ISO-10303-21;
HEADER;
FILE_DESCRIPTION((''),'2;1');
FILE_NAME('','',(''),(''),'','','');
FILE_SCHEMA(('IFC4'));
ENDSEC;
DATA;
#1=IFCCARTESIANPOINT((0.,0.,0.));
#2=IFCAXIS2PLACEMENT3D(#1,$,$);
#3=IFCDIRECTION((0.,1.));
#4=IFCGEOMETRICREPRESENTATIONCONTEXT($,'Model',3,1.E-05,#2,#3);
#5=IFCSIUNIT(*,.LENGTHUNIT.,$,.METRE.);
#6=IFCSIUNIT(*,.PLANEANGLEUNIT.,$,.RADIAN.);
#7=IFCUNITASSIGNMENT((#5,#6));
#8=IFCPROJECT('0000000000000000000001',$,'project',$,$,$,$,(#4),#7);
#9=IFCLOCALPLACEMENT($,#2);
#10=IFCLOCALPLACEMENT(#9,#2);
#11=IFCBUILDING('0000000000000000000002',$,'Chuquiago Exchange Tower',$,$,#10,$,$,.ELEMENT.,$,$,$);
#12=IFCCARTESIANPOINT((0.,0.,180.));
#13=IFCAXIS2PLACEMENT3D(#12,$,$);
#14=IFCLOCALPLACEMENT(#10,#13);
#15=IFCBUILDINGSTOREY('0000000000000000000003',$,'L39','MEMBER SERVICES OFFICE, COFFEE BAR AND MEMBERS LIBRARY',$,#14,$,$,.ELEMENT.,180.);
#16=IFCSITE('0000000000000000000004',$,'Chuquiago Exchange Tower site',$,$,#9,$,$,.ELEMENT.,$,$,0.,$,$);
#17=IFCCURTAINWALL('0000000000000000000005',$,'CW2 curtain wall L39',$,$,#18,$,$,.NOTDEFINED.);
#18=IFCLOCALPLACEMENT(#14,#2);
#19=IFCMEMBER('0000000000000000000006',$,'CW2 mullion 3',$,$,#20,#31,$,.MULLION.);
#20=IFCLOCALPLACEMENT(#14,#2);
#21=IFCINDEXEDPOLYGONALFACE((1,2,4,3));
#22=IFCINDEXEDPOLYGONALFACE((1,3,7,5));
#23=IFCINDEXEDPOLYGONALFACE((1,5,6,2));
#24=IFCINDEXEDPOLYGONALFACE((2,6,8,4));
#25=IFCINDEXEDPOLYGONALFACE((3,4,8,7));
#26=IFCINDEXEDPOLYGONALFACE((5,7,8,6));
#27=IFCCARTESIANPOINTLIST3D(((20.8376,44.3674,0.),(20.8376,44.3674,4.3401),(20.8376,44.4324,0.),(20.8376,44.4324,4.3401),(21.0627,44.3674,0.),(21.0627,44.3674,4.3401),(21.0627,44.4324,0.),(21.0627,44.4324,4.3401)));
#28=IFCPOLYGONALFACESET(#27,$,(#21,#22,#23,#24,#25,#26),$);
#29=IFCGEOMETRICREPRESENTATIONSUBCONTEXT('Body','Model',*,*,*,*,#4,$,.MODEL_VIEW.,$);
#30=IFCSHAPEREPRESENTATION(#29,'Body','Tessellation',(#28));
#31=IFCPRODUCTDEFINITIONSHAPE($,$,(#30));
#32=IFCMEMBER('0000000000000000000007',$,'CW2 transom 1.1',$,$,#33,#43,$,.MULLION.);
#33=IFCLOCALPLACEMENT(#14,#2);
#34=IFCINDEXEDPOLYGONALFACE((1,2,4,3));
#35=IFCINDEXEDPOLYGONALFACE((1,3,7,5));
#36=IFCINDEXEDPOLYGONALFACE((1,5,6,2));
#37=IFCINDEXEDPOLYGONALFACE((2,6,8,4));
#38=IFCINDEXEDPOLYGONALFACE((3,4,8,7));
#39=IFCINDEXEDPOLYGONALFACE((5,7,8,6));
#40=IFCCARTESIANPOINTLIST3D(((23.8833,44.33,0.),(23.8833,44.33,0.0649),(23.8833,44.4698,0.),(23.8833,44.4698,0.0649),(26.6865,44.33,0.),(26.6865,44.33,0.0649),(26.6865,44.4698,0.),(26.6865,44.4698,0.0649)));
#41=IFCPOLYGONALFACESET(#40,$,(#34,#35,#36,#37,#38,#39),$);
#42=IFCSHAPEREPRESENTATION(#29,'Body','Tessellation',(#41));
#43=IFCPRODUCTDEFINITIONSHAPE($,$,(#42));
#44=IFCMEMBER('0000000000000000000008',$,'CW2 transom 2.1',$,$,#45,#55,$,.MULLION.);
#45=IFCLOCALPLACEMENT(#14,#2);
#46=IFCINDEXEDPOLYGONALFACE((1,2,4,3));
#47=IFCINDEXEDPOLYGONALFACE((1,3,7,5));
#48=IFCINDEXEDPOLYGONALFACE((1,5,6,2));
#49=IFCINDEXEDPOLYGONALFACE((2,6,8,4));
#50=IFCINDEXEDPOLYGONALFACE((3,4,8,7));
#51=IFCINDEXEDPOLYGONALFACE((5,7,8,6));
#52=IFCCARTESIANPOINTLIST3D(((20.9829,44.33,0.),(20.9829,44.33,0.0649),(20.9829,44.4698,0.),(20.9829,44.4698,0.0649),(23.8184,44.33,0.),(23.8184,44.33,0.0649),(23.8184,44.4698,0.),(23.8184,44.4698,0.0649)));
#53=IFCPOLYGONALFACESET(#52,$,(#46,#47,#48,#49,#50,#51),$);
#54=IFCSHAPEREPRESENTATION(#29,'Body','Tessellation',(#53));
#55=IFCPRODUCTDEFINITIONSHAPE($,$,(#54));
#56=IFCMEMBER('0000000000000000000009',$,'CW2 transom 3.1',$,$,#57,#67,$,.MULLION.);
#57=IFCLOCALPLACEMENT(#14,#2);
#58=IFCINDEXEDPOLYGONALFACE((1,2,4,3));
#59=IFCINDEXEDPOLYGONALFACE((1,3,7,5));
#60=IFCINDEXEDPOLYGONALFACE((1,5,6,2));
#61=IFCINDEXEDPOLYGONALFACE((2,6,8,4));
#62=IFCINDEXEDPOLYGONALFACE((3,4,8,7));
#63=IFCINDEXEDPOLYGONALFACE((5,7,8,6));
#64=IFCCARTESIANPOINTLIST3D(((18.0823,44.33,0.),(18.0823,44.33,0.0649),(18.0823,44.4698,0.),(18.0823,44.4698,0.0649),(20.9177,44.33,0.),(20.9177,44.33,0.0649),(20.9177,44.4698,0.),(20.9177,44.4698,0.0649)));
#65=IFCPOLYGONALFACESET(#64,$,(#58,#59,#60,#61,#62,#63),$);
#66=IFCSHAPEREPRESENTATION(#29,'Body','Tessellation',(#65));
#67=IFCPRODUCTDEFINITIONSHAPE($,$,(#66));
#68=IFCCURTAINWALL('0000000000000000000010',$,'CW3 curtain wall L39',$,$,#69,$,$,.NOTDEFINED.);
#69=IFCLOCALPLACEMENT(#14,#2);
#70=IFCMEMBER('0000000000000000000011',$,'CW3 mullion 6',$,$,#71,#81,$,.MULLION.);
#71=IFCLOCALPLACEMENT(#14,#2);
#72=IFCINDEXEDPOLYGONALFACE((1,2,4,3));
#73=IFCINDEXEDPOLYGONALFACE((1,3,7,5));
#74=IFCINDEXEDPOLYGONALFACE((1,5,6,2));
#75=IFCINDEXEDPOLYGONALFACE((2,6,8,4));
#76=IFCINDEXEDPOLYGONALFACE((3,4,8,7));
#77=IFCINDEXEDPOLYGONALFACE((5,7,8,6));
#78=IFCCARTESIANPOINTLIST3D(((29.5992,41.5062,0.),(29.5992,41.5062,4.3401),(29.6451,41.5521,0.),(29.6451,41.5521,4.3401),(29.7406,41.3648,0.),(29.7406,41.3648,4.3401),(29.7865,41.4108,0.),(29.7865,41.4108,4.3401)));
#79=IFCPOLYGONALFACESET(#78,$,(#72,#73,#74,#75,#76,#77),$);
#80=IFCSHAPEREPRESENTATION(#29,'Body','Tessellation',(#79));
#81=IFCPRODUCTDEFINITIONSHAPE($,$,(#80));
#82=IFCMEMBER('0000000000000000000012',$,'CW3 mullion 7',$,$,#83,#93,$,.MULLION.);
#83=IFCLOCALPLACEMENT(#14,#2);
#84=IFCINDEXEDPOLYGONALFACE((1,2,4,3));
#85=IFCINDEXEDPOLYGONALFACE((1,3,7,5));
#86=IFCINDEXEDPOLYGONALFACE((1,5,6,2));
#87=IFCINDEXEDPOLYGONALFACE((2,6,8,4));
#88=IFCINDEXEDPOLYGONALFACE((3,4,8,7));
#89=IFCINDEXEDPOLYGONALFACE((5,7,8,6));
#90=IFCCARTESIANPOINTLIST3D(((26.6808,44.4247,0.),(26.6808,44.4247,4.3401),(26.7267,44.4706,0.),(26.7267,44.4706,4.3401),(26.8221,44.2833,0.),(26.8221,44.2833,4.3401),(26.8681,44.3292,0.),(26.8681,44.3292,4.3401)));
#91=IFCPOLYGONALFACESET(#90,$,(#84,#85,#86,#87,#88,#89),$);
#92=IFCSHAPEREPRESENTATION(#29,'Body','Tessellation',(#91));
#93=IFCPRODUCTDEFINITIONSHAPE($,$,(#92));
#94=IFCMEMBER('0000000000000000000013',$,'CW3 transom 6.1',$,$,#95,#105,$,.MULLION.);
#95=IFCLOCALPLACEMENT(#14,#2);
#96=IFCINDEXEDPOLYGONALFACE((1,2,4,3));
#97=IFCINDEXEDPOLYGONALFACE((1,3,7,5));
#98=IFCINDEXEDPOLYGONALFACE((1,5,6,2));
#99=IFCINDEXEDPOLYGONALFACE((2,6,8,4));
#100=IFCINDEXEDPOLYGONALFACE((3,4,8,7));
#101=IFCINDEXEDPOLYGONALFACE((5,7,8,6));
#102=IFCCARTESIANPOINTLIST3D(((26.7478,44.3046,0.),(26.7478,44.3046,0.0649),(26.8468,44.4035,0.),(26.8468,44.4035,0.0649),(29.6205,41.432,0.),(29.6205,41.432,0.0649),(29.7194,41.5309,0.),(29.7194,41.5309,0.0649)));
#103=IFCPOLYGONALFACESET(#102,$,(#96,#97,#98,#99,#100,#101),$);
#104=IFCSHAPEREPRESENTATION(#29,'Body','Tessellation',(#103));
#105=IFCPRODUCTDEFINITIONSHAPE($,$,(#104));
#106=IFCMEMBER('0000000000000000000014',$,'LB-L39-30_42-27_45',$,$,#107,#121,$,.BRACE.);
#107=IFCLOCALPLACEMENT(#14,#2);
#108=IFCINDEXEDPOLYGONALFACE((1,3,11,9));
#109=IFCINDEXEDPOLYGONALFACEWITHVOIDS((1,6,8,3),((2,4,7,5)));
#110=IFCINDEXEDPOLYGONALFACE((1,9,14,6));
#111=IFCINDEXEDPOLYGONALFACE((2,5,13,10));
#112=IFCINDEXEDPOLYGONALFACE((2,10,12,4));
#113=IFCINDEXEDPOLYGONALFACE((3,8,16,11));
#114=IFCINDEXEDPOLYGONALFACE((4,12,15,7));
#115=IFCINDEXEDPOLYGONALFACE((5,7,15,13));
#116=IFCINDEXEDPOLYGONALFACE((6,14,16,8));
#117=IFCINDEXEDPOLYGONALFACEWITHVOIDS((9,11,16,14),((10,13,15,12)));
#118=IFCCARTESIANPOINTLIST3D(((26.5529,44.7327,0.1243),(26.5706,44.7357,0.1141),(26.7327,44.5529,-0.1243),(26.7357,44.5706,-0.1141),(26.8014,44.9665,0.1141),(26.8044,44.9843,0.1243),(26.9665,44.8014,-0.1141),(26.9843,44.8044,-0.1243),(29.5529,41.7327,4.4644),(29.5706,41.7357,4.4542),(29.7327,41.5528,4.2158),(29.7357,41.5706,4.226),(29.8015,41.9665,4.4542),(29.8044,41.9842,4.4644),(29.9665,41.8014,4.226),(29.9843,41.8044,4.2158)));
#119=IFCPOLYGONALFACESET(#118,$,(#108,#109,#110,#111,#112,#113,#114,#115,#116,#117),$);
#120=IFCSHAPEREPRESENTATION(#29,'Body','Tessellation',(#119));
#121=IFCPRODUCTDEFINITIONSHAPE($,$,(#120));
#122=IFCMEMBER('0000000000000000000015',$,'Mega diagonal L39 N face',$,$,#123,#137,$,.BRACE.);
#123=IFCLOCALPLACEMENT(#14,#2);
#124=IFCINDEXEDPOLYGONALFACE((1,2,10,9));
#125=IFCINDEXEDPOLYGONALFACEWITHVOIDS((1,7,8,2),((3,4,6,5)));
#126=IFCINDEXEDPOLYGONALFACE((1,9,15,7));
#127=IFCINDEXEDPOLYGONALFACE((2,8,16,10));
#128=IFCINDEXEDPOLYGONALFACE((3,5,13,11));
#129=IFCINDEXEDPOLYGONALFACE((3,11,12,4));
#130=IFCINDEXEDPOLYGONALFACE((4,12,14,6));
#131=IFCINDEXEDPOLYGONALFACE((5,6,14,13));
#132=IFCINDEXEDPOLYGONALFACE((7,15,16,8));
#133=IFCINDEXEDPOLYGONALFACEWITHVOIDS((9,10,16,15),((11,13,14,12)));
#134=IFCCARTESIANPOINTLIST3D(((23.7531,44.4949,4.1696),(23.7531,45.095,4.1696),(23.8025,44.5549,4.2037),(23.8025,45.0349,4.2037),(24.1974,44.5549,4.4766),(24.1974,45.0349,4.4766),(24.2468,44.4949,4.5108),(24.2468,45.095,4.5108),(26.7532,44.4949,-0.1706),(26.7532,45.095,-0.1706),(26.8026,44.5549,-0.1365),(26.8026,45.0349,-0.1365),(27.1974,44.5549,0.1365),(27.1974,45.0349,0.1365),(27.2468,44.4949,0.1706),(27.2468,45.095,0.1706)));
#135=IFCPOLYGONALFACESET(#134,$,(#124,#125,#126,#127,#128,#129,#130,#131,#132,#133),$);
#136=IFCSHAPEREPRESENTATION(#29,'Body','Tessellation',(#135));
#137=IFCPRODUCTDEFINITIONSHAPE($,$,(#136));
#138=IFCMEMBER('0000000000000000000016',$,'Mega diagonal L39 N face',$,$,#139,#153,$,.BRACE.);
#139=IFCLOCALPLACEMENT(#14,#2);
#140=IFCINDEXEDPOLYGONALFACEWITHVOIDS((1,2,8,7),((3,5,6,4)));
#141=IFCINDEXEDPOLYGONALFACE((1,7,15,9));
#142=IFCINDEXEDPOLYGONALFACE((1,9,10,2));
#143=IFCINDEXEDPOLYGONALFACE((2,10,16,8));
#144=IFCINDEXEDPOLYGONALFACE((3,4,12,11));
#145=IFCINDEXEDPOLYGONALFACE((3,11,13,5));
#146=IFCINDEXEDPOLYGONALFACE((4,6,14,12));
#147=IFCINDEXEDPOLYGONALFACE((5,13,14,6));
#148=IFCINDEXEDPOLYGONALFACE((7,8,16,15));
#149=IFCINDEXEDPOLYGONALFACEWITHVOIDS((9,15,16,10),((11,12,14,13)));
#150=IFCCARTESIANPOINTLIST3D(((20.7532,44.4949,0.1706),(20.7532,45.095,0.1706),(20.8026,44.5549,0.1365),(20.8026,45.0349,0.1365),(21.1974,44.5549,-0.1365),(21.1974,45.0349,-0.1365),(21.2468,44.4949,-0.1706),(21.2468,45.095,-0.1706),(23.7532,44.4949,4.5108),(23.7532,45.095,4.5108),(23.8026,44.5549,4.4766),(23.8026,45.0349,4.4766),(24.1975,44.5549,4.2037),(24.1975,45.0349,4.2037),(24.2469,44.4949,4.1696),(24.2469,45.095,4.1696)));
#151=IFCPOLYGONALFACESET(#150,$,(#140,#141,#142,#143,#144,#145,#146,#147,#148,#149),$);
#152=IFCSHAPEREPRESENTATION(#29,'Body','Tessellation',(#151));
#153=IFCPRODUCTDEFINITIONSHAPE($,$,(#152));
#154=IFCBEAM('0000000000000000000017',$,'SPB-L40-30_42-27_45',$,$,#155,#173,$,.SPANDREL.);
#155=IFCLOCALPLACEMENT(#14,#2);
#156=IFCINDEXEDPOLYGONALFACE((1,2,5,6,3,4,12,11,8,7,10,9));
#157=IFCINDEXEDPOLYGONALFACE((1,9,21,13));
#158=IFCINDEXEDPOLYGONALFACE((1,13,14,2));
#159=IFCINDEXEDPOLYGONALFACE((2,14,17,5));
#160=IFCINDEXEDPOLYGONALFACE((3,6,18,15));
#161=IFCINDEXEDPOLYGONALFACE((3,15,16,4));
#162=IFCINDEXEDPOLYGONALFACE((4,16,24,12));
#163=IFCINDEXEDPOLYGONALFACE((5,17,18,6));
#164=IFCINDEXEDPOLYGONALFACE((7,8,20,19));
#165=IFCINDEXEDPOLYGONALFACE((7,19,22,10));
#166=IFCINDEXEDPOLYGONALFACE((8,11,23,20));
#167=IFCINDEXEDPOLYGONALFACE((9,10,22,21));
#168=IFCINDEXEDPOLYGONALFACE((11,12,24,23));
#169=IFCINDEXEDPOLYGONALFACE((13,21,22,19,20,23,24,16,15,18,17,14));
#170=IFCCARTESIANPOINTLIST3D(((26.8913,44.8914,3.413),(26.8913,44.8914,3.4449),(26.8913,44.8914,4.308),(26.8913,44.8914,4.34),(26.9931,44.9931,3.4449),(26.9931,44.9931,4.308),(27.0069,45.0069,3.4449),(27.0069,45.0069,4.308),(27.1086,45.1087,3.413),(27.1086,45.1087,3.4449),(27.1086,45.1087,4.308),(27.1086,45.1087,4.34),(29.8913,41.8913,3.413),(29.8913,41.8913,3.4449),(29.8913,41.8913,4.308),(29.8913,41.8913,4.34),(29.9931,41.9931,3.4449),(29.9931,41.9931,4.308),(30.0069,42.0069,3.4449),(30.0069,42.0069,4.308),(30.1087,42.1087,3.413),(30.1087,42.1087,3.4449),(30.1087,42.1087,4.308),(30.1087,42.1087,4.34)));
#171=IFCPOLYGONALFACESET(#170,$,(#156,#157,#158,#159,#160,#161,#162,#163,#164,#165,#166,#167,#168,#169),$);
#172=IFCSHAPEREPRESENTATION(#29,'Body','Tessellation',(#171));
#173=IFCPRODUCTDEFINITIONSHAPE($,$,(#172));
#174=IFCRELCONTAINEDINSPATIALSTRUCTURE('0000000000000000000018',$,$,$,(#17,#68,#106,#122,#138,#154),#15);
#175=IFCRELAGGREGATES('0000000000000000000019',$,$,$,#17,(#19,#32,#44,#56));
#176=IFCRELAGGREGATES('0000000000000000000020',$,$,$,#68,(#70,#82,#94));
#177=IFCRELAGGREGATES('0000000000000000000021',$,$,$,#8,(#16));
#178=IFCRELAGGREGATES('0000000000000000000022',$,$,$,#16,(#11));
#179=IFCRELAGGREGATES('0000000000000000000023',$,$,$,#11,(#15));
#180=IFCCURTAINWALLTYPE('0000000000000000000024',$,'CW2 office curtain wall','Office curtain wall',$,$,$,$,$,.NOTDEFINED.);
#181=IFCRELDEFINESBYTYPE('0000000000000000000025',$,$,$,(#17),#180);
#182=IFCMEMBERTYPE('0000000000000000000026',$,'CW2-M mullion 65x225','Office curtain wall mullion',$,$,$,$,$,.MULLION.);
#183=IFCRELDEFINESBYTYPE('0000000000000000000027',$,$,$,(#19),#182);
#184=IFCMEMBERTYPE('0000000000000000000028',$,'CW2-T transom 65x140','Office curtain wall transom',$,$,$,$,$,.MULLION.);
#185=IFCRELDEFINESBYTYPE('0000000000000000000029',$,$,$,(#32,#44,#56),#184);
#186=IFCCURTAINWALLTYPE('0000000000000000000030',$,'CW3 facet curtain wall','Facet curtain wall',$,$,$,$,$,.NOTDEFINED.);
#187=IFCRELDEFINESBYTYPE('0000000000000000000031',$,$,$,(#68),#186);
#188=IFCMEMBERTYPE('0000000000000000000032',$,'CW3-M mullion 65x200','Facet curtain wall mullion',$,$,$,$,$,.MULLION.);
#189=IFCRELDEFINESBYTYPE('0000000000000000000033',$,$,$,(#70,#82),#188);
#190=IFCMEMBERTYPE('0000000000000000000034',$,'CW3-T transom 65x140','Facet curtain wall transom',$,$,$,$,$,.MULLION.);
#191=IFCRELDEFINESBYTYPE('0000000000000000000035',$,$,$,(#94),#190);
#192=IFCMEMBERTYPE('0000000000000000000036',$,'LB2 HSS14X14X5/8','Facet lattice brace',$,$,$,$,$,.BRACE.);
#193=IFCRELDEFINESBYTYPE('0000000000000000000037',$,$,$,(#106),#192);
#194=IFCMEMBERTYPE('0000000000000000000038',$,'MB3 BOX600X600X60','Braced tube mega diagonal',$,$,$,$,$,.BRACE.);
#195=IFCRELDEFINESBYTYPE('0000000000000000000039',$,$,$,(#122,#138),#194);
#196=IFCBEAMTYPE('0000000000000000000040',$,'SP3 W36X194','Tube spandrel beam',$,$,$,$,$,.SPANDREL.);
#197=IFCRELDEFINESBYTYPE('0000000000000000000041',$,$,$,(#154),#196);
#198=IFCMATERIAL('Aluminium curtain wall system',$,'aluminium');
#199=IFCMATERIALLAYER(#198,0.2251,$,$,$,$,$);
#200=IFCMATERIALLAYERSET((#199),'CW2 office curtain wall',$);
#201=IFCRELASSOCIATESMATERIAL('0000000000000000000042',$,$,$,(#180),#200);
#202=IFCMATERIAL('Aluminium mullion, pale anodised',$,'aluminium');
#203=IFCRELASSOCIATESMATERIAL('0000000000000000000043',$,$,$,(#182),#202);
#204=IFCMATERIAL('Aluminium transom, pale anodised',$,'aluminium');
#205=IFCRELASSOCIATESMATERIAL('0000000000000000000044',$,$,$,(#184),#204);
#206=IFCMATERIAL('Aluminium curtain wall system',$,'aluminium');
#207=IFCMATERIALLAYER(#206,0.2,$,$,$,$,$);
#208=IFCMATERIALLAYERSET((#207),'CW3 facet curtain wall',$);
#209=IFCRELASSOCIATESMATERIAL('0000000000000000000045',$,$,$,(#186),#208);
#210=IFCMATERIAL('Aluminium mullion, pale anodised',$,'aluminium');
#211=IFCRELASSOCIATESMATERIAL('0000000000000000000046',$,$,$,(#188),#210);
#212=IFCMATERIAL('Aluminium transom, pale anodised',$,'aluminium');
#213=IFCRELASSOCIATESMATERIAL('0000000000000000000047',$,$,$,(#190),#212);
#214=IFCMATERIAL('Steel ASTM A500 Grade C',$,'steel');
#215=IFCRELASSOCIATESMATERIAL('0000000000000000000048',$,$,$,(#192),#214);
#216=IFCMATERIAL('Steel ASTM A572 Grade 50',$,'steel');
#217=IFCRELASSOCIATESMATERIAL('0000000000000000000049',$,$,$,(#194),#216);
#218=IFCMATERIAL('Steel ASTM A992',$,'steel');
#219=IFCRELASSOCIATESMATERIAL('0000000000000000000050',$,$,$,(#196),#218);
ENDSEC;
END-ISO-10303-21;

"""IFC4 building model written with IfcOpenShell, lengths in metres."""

from ifc_helpers import new_model, si_unit, direction, frame, origin, origin_2d, place, context, subcontext, project, spatial, rectangle, hollow_rectangle, i_section, extrude, material, layer, layer_set, material_profile, profile_set, type_object, element, aggregate, save


model = new_model("IFC4")

# Units and contexts
model_context = context("Model", 3, precision=1e-05, world=origin(), true_north=direction((0.0, 1.0)))
body_context = subcontext(model_context, "Body", "Model", "MODEL_VIEW")
ifc_project = project(units=[si_unit("LENGTHUNIT", "METRE"), si_unit("PLANEANGLEUNIT", "RADIAN")], contexts=[model_context])

# Site, building, storey
site_placement = place(None, origin())
site = spatial("IfcSite", under=ifc_project, at=site_placement, Name="Chuquiago Exchange Tower site", CompositionType="ELEMENT", RefElevation=0.0)
building_placement = place(site_placement, origin())
building = spatial("IfcBuilding", under=site, at=building_placement, Name="Chuquiago Exchange Tower", CompositionType="ELEMENT")
storey_placement = place(building_placement, frame((0.0, 0.0, 180.0)))
storey = spatial("IfcBuildingStorey", under=building, at=storey_placement, Name="L39", Description="MEMBER SERVICES OFFICE, COFFEE BAR AND MEMBERS LIBRARY", CompositionType="ELEMENT", Elevation=180.0)

# Curtain walls, members
ifc_material_1 = material(Name="Aluminium curtain wall system", Category="aluminium")
ifc_layer_1 = layer(ifc_material_1, 0.2251)
ifc_layer_set_1 = layer_set([ifc_layer_1], Name="CW2 office curtain wall")
curtain_wall_type_1 = type_object("IfcCurtainWallType", Name="CW2 office curtain wall", Description="Office curtain wall", PredefinedType="NOTDEFINED", material=ifc_layer_set_1)
curtain_wall_1_placement = place(storey_placement, origin())
curtain_wall_1 = element("IfcCurtainWall", 1, at=curtain_wall_1_placement, inside=storey, type_object=curtain_wall_type_1, Name="CW2 curtain wall L39", PredefinedType="NOTDEFINED")
ifc_material_2 = material(Name="Aluminium mullion, pale anodised", Category="aluminium")
ifc_material_profile_1 = material_profile(ifc_material_2, rectangle(XDim=0.0649, YDim=0.2251, at=origin_2d()), Name="AL 65x225")
ifc_profile_set_1 = profile_set([ifc_material_profile_1], Name="Aluminium mullion, pale anodised")
member_type_1 = type_object("IfcMemberType", Name="CW2-M mullion 65x225", Description="Office curtain wall mullion", PredefinedType="MULLION", material=ifc_profile_set_1)
member_1_placement = place(storey_placement, frame((20.9502, 44.3999, 0.0), z_axis=(0.0, 0.0, 1.0), x_axis=(0.0, -1.0, 0.0)))
member_1 = element("IfcMember", 2, at=member_1_placement, type_object=member_type_1, Name="CW2 mullion 3", PredefinedType="MULLION", context=body_context, shape_type="SweptSolid", body=[
    extrude(rectangle(XDim=0.0649, YDim=0.2251, at=origin_2d()), origin(), (0.0, 0.0, 1.0), 4.3401),
])
ifc_material_3 = material(Name="Aluminium transom, pale anodised", Category="aluminium")
ifc_material_profile_2 = material_profile(ifc_material_3, rectangle(XDim=0.1399, YDim=0.0649, at=origin_2d()), Name="AL 140x65")
ifc_profile_set_2 = profile_set([ifc_material_profile_2], Name="Aluminium transom, pale anodised")
member_type_2 = type_object("IfcMemberType", Name="CW2-T transom 65x140", Description="Office curtain wall transom", PredefinedType="MULLION", material=ifc_profile_set_2)
member_2_placement = place(storey_placement, frame((26.6865, 44.3999, 0.0325), z_axis=(-1.0, 0.0, 0.0), x_axis=(0.0, -1.0, 0.0)))
member_2 = element("IfcMember", 3, at=member_2_placement, type_object=member_type_2, Name="CW2 transom 1.1", PredefinedType="MULLION", context=body_context, shape_type="SweptSolid", body=[
    extrude(rectangle(XDim=0.1399, YDim=0.0649, at=origin_2d()), origin(), (0.0, 0.0, 1.0), 2.8032),
])
member_3_placement = place(storey_placement, frame((23.8184, 44.3999, 0.0325), z_axis=(-1.0, 0.0, 0.0), x_axis=(0.0, -1.0, 0.0)))
member_3 = element("IfcMember", 4, at=member_3_placement, type_object=member_type_2, Name="CW2 transom 2.1", PredefinedType="MULLION", context=body_context, shape_type="SweptSolid", body=[
    extrude(rectangle(XDim=0.1399, YDim=0.0649, at=origin_2d()), origin(), (0.0, 0.0, 1.0), 2.8354),
])
member_4_placement = place(storey_placement, frame((20.9177, 44.3999, 0.0325), z_axis=(-1.0, 0.0, 0.0), x_axis=(0.0, -1.0, 0.0)))
member_4 = element("IfcMember", 5, at=member_4_placement, type_object=member_type_2, Name="CW2 transom 3.1", PredefinedType="MULLION", context=body_context, shape_type="SweptSolid", body=[
    extrude(rectangle(XDim=0.1399, YDim=0.0649, at=origin_2d()), origin(), (0.0, 0.0, 1.0), 2.8354),
])
ifc_material_4 = material(Name="Aluminium curtain wall system", Category="aluminium")
ifc_layer_2 = layer(ifc_material_4, 0.2)
ifc_layer_set_2 = layer_set([ifc_layer_2], Name="CW3 facet curtain wall")
curtain_wall_type_2 = type_object("IfcCurtainWallType", Name="CW3 facet curtain wall", Description="Facet curtain wall", PredefinedType="NOTDEFINED", material=ifc_layer_set_2)
curtain_wall_2_placement = place(storey_placement, origin())
curtain_wall_2 = element("IfcCurtainWall", 6, at=curtain_wall_2_placement, inside=storey, type_object=curtain_wall_type_2, Name="CW3 curtain wall L39", PredefinedType="NOTDEFINED")
ifc_material_5 = material(Name="Aluminium mullion, pale anodised", Category="aluminium")
ifc_material_profile_3 = material_profile(ifc_material_5, rectangle(XDim=0.0649, YDim=0.2, at=origin_2d()), Name="AL 65x200")
ifc_profile_set_3 = profile_set([ifc_material_profile_3], Name="Aluminium mullion, pale anodised")
member_type_3 = type_object("IfcMemberType", Name="CW3-M mullion 65x200", Description="Facet curtain wall mullion", PredefinedType="MULLION", material=ifc_profile_set_3)
member_5_placement = place(storey_placement, frame((29.6929, 41.4585, 0.0), z_axis=(0.0, 0.0, 1.0), x_axis=(-0.707107, -0.707107, 0.0)))
member_5 = element("IfcMember", 7, at=member_5_placement, type_object=member_type_3, Name="CW3 mullion 6", PredefinedType="MULLION", context=body_context, shape_type="SweptSolid", body=[
    extrude(rectangle(XDim=0.0649, YDim=0.2, at=origin_2d()), origin(), (0.0, 0.0, 1.0), 4.3401),
])
member_6_placement = place(storey_placement, frame((26.7744, 44.377, 0.0), z_axis=(0.0, 0.0, 1.0), x_axis=(-0.707107, -0.707107, 0.0)))
member_6 = element("IfcMember", 8, at=member_6_placement, type_object=member_type_3, Name="CW3 mullion 7", PredefinedType="MULLION", context=body_context, shape_type="SweptSolid", body=[
    extrude(rectangle(XDim=0.0649, YDim=0.2, at=origin_2d()), origin(), (0.0, 0.0, 1.0), 4.3401),
])
ifc_material_6 = material(Name="Aluminium transom, pale anodised", Category="aluminium")
ifc_material_profile_4 = material_profile(ifc_material_6, rectangle(XDim=0.1399, YDim=0.0649, at=origin_2d()), Name="AL 140x65")
ifc_profile_set_4 = profile_set([ifc_material_profile_4], Name="Aluminium transom, pale anodised")
member_type_4 = type_object("IfcMemberType", Name="CW3-T transom 65x140", Description="Facet curtain wall transom", PredefinedType="MULLION", material=ifc_profile_set_4)
member_7_placement = place(storey_placement, frame((29.6699, 41.4814, 0.0325), z_axis=(-0.707107, 0.707107, 0.0), x_axis=(-0.707107, -0.707107, 0.0)))
member_7 = element("IfcMember", 9, at=member_7_placement, type_object=member_type_4, Name="CW3 transom 6.1", PredefinedType="MULLION", context=body_context, shape_type="SweptSolid", body=[
    extrude(rectangle(XDim=0.1399, YDim=0.0649, at=origin_2d()), origin(), (0.0, 0.0, 1.0), 4.0625),
])

# Members
ifc_material_7 = material(Name="Steel ASTM A500 Grade C", Category="steel")
ifc_material_profile_5 = material_profile(ifc_material_7, hollow_rectangle(XDim=0.3557, YDim=0.3557, WallThickness=0.0146, at=origin_2d()), Name="HSS14X14X5/8")
ifc_profile_set_5 = profile_set([ifc_material_profile_5], Name="Steel ASTM A500 Grade C")
member_type_5 = type_object("IfcMemberType", Name="LB2 HSS14X14X5/8", Description="Facet lattice brace", PredefinedType="BRACE", material=ifc_profile_set_5)
member_8_placement = place(storey_placement, frame((26.7686, 44.7686, 0.0), z_axis=(0.494291, -0.494291, 0.715089), x_axis=(0.707107, 0.707107, 0.0)))
element("IfcMember", 10, at=member_8_placement, inside=storey, type_object=member_type_5, Name="LB-L39-30_42-27_45", PredefinedType="BRACE", context=body_context, shape_type="SweptSolid", body=[
    extrude(hollow_rectangle(XDim=0.3557, YDim=0.3557, WallThickness=0.0146, at=origin_2d()), origin(), (0.0, 0.0, 1.0), 6.0693),
])
ifc_material_8 = material(Name="Steel ASTM A572 Grade 50", Category="steel")
ifc_material_profile_6 = material_profile(ifc_material_8, hollow_rectangle(XDim=0.6001, YDim=0.6001, WallThickness=0.0601, at=origin_2d()), Name="BOX600X600X60")
ifc_profile_set_6 = profile_set([ifc_material_profile_6], Name="Steel ASTM A572 Grade 50")
member_type_6 = type_object("IfcMemberType", Name="MB3 BOX600X600X60", Description="Braced tube mega diagonal", PredefinedType="BRACE", material=ifc_profile_set_6)
for number, where, z_axis, x_axis, name in (
    (11, (27.0, 44.7949, 0.0), (-0.568611, 0.0, 0.822607), (0.0, -1.0, 0.0), "Mega diagonal L39 N face"),
    (12, (21.0, 44.7949, 0.0), (0.568611, 0.0, 0.822607), (0.0, 1.0, 0.0), "Mega diagonal L39 N face"),
):
    element("IfcMember", number, at=place(storey_placement, frame(where, z_axis=z_axis, x_axis=x_axis)), inside=storey, type_object=member_type_6, Name=name, PredefinedType="BRACE", context=body_context, shape_type="SweptSolid", body=[
        extrude(hollow_rectangle(XDim=0.6001, YDim=0.6001, WallThickness=0.0601, at=origin_2d()), origin(), (0.0, 0.0, 1.0), 5.2761),
    ])

# Beam
ifc_material_9 = material(Name="Steel ASTM A992", Category="steel")
ifc_material_profile_7 = material_profile(ifc_material_9, i_section(OverallWidth=0.3074, OverallDepth=0.927, WebThickness=0.0195, FlangeThickness=0.032, at=origin_2d()), Name="W36X194")
ifc_profile_set_7 = profile_set([ifc_material_profile_7], Name="Steel ASTM A992")
beam_type_1 = type_object("IfcBeamType", Name="SP3 W36X194", Description="Tube spandrel beam", PredefinedType="SPANDREL", material=ifc_profile_set_7)
beam_1_placement = place(storey_placement, frame((30.0, 42.0, 3.8765), z_axis=(-0.707107, 0.707107, 0.0), x_axis=(-0.707107, -0.707107, 0.0)))
element("IfcBeam", 13, at=beam_1_placement, inside=storey, type_object=beam_type_1, Name="SPB-L40-30_42-27_45", PredefinedType="SPANDREL", context=body_context, shape_type="SweptSolid", body=[
    extrude(i_section(OverallWidth=0.3074, OverallDepth=0.927, WebThickness=0.0195, FlangeThickness=0.032, at=origin_2d()), origin(), (0.0, 0.0, 1.0), 4.2427),
])

aggregate(curtain_wall_1, [member_1, member_2, member_3, member_4])
aggregate(curtain_wall_2, [member_5, member_6, member_7])

save(model, "model.ifc")
